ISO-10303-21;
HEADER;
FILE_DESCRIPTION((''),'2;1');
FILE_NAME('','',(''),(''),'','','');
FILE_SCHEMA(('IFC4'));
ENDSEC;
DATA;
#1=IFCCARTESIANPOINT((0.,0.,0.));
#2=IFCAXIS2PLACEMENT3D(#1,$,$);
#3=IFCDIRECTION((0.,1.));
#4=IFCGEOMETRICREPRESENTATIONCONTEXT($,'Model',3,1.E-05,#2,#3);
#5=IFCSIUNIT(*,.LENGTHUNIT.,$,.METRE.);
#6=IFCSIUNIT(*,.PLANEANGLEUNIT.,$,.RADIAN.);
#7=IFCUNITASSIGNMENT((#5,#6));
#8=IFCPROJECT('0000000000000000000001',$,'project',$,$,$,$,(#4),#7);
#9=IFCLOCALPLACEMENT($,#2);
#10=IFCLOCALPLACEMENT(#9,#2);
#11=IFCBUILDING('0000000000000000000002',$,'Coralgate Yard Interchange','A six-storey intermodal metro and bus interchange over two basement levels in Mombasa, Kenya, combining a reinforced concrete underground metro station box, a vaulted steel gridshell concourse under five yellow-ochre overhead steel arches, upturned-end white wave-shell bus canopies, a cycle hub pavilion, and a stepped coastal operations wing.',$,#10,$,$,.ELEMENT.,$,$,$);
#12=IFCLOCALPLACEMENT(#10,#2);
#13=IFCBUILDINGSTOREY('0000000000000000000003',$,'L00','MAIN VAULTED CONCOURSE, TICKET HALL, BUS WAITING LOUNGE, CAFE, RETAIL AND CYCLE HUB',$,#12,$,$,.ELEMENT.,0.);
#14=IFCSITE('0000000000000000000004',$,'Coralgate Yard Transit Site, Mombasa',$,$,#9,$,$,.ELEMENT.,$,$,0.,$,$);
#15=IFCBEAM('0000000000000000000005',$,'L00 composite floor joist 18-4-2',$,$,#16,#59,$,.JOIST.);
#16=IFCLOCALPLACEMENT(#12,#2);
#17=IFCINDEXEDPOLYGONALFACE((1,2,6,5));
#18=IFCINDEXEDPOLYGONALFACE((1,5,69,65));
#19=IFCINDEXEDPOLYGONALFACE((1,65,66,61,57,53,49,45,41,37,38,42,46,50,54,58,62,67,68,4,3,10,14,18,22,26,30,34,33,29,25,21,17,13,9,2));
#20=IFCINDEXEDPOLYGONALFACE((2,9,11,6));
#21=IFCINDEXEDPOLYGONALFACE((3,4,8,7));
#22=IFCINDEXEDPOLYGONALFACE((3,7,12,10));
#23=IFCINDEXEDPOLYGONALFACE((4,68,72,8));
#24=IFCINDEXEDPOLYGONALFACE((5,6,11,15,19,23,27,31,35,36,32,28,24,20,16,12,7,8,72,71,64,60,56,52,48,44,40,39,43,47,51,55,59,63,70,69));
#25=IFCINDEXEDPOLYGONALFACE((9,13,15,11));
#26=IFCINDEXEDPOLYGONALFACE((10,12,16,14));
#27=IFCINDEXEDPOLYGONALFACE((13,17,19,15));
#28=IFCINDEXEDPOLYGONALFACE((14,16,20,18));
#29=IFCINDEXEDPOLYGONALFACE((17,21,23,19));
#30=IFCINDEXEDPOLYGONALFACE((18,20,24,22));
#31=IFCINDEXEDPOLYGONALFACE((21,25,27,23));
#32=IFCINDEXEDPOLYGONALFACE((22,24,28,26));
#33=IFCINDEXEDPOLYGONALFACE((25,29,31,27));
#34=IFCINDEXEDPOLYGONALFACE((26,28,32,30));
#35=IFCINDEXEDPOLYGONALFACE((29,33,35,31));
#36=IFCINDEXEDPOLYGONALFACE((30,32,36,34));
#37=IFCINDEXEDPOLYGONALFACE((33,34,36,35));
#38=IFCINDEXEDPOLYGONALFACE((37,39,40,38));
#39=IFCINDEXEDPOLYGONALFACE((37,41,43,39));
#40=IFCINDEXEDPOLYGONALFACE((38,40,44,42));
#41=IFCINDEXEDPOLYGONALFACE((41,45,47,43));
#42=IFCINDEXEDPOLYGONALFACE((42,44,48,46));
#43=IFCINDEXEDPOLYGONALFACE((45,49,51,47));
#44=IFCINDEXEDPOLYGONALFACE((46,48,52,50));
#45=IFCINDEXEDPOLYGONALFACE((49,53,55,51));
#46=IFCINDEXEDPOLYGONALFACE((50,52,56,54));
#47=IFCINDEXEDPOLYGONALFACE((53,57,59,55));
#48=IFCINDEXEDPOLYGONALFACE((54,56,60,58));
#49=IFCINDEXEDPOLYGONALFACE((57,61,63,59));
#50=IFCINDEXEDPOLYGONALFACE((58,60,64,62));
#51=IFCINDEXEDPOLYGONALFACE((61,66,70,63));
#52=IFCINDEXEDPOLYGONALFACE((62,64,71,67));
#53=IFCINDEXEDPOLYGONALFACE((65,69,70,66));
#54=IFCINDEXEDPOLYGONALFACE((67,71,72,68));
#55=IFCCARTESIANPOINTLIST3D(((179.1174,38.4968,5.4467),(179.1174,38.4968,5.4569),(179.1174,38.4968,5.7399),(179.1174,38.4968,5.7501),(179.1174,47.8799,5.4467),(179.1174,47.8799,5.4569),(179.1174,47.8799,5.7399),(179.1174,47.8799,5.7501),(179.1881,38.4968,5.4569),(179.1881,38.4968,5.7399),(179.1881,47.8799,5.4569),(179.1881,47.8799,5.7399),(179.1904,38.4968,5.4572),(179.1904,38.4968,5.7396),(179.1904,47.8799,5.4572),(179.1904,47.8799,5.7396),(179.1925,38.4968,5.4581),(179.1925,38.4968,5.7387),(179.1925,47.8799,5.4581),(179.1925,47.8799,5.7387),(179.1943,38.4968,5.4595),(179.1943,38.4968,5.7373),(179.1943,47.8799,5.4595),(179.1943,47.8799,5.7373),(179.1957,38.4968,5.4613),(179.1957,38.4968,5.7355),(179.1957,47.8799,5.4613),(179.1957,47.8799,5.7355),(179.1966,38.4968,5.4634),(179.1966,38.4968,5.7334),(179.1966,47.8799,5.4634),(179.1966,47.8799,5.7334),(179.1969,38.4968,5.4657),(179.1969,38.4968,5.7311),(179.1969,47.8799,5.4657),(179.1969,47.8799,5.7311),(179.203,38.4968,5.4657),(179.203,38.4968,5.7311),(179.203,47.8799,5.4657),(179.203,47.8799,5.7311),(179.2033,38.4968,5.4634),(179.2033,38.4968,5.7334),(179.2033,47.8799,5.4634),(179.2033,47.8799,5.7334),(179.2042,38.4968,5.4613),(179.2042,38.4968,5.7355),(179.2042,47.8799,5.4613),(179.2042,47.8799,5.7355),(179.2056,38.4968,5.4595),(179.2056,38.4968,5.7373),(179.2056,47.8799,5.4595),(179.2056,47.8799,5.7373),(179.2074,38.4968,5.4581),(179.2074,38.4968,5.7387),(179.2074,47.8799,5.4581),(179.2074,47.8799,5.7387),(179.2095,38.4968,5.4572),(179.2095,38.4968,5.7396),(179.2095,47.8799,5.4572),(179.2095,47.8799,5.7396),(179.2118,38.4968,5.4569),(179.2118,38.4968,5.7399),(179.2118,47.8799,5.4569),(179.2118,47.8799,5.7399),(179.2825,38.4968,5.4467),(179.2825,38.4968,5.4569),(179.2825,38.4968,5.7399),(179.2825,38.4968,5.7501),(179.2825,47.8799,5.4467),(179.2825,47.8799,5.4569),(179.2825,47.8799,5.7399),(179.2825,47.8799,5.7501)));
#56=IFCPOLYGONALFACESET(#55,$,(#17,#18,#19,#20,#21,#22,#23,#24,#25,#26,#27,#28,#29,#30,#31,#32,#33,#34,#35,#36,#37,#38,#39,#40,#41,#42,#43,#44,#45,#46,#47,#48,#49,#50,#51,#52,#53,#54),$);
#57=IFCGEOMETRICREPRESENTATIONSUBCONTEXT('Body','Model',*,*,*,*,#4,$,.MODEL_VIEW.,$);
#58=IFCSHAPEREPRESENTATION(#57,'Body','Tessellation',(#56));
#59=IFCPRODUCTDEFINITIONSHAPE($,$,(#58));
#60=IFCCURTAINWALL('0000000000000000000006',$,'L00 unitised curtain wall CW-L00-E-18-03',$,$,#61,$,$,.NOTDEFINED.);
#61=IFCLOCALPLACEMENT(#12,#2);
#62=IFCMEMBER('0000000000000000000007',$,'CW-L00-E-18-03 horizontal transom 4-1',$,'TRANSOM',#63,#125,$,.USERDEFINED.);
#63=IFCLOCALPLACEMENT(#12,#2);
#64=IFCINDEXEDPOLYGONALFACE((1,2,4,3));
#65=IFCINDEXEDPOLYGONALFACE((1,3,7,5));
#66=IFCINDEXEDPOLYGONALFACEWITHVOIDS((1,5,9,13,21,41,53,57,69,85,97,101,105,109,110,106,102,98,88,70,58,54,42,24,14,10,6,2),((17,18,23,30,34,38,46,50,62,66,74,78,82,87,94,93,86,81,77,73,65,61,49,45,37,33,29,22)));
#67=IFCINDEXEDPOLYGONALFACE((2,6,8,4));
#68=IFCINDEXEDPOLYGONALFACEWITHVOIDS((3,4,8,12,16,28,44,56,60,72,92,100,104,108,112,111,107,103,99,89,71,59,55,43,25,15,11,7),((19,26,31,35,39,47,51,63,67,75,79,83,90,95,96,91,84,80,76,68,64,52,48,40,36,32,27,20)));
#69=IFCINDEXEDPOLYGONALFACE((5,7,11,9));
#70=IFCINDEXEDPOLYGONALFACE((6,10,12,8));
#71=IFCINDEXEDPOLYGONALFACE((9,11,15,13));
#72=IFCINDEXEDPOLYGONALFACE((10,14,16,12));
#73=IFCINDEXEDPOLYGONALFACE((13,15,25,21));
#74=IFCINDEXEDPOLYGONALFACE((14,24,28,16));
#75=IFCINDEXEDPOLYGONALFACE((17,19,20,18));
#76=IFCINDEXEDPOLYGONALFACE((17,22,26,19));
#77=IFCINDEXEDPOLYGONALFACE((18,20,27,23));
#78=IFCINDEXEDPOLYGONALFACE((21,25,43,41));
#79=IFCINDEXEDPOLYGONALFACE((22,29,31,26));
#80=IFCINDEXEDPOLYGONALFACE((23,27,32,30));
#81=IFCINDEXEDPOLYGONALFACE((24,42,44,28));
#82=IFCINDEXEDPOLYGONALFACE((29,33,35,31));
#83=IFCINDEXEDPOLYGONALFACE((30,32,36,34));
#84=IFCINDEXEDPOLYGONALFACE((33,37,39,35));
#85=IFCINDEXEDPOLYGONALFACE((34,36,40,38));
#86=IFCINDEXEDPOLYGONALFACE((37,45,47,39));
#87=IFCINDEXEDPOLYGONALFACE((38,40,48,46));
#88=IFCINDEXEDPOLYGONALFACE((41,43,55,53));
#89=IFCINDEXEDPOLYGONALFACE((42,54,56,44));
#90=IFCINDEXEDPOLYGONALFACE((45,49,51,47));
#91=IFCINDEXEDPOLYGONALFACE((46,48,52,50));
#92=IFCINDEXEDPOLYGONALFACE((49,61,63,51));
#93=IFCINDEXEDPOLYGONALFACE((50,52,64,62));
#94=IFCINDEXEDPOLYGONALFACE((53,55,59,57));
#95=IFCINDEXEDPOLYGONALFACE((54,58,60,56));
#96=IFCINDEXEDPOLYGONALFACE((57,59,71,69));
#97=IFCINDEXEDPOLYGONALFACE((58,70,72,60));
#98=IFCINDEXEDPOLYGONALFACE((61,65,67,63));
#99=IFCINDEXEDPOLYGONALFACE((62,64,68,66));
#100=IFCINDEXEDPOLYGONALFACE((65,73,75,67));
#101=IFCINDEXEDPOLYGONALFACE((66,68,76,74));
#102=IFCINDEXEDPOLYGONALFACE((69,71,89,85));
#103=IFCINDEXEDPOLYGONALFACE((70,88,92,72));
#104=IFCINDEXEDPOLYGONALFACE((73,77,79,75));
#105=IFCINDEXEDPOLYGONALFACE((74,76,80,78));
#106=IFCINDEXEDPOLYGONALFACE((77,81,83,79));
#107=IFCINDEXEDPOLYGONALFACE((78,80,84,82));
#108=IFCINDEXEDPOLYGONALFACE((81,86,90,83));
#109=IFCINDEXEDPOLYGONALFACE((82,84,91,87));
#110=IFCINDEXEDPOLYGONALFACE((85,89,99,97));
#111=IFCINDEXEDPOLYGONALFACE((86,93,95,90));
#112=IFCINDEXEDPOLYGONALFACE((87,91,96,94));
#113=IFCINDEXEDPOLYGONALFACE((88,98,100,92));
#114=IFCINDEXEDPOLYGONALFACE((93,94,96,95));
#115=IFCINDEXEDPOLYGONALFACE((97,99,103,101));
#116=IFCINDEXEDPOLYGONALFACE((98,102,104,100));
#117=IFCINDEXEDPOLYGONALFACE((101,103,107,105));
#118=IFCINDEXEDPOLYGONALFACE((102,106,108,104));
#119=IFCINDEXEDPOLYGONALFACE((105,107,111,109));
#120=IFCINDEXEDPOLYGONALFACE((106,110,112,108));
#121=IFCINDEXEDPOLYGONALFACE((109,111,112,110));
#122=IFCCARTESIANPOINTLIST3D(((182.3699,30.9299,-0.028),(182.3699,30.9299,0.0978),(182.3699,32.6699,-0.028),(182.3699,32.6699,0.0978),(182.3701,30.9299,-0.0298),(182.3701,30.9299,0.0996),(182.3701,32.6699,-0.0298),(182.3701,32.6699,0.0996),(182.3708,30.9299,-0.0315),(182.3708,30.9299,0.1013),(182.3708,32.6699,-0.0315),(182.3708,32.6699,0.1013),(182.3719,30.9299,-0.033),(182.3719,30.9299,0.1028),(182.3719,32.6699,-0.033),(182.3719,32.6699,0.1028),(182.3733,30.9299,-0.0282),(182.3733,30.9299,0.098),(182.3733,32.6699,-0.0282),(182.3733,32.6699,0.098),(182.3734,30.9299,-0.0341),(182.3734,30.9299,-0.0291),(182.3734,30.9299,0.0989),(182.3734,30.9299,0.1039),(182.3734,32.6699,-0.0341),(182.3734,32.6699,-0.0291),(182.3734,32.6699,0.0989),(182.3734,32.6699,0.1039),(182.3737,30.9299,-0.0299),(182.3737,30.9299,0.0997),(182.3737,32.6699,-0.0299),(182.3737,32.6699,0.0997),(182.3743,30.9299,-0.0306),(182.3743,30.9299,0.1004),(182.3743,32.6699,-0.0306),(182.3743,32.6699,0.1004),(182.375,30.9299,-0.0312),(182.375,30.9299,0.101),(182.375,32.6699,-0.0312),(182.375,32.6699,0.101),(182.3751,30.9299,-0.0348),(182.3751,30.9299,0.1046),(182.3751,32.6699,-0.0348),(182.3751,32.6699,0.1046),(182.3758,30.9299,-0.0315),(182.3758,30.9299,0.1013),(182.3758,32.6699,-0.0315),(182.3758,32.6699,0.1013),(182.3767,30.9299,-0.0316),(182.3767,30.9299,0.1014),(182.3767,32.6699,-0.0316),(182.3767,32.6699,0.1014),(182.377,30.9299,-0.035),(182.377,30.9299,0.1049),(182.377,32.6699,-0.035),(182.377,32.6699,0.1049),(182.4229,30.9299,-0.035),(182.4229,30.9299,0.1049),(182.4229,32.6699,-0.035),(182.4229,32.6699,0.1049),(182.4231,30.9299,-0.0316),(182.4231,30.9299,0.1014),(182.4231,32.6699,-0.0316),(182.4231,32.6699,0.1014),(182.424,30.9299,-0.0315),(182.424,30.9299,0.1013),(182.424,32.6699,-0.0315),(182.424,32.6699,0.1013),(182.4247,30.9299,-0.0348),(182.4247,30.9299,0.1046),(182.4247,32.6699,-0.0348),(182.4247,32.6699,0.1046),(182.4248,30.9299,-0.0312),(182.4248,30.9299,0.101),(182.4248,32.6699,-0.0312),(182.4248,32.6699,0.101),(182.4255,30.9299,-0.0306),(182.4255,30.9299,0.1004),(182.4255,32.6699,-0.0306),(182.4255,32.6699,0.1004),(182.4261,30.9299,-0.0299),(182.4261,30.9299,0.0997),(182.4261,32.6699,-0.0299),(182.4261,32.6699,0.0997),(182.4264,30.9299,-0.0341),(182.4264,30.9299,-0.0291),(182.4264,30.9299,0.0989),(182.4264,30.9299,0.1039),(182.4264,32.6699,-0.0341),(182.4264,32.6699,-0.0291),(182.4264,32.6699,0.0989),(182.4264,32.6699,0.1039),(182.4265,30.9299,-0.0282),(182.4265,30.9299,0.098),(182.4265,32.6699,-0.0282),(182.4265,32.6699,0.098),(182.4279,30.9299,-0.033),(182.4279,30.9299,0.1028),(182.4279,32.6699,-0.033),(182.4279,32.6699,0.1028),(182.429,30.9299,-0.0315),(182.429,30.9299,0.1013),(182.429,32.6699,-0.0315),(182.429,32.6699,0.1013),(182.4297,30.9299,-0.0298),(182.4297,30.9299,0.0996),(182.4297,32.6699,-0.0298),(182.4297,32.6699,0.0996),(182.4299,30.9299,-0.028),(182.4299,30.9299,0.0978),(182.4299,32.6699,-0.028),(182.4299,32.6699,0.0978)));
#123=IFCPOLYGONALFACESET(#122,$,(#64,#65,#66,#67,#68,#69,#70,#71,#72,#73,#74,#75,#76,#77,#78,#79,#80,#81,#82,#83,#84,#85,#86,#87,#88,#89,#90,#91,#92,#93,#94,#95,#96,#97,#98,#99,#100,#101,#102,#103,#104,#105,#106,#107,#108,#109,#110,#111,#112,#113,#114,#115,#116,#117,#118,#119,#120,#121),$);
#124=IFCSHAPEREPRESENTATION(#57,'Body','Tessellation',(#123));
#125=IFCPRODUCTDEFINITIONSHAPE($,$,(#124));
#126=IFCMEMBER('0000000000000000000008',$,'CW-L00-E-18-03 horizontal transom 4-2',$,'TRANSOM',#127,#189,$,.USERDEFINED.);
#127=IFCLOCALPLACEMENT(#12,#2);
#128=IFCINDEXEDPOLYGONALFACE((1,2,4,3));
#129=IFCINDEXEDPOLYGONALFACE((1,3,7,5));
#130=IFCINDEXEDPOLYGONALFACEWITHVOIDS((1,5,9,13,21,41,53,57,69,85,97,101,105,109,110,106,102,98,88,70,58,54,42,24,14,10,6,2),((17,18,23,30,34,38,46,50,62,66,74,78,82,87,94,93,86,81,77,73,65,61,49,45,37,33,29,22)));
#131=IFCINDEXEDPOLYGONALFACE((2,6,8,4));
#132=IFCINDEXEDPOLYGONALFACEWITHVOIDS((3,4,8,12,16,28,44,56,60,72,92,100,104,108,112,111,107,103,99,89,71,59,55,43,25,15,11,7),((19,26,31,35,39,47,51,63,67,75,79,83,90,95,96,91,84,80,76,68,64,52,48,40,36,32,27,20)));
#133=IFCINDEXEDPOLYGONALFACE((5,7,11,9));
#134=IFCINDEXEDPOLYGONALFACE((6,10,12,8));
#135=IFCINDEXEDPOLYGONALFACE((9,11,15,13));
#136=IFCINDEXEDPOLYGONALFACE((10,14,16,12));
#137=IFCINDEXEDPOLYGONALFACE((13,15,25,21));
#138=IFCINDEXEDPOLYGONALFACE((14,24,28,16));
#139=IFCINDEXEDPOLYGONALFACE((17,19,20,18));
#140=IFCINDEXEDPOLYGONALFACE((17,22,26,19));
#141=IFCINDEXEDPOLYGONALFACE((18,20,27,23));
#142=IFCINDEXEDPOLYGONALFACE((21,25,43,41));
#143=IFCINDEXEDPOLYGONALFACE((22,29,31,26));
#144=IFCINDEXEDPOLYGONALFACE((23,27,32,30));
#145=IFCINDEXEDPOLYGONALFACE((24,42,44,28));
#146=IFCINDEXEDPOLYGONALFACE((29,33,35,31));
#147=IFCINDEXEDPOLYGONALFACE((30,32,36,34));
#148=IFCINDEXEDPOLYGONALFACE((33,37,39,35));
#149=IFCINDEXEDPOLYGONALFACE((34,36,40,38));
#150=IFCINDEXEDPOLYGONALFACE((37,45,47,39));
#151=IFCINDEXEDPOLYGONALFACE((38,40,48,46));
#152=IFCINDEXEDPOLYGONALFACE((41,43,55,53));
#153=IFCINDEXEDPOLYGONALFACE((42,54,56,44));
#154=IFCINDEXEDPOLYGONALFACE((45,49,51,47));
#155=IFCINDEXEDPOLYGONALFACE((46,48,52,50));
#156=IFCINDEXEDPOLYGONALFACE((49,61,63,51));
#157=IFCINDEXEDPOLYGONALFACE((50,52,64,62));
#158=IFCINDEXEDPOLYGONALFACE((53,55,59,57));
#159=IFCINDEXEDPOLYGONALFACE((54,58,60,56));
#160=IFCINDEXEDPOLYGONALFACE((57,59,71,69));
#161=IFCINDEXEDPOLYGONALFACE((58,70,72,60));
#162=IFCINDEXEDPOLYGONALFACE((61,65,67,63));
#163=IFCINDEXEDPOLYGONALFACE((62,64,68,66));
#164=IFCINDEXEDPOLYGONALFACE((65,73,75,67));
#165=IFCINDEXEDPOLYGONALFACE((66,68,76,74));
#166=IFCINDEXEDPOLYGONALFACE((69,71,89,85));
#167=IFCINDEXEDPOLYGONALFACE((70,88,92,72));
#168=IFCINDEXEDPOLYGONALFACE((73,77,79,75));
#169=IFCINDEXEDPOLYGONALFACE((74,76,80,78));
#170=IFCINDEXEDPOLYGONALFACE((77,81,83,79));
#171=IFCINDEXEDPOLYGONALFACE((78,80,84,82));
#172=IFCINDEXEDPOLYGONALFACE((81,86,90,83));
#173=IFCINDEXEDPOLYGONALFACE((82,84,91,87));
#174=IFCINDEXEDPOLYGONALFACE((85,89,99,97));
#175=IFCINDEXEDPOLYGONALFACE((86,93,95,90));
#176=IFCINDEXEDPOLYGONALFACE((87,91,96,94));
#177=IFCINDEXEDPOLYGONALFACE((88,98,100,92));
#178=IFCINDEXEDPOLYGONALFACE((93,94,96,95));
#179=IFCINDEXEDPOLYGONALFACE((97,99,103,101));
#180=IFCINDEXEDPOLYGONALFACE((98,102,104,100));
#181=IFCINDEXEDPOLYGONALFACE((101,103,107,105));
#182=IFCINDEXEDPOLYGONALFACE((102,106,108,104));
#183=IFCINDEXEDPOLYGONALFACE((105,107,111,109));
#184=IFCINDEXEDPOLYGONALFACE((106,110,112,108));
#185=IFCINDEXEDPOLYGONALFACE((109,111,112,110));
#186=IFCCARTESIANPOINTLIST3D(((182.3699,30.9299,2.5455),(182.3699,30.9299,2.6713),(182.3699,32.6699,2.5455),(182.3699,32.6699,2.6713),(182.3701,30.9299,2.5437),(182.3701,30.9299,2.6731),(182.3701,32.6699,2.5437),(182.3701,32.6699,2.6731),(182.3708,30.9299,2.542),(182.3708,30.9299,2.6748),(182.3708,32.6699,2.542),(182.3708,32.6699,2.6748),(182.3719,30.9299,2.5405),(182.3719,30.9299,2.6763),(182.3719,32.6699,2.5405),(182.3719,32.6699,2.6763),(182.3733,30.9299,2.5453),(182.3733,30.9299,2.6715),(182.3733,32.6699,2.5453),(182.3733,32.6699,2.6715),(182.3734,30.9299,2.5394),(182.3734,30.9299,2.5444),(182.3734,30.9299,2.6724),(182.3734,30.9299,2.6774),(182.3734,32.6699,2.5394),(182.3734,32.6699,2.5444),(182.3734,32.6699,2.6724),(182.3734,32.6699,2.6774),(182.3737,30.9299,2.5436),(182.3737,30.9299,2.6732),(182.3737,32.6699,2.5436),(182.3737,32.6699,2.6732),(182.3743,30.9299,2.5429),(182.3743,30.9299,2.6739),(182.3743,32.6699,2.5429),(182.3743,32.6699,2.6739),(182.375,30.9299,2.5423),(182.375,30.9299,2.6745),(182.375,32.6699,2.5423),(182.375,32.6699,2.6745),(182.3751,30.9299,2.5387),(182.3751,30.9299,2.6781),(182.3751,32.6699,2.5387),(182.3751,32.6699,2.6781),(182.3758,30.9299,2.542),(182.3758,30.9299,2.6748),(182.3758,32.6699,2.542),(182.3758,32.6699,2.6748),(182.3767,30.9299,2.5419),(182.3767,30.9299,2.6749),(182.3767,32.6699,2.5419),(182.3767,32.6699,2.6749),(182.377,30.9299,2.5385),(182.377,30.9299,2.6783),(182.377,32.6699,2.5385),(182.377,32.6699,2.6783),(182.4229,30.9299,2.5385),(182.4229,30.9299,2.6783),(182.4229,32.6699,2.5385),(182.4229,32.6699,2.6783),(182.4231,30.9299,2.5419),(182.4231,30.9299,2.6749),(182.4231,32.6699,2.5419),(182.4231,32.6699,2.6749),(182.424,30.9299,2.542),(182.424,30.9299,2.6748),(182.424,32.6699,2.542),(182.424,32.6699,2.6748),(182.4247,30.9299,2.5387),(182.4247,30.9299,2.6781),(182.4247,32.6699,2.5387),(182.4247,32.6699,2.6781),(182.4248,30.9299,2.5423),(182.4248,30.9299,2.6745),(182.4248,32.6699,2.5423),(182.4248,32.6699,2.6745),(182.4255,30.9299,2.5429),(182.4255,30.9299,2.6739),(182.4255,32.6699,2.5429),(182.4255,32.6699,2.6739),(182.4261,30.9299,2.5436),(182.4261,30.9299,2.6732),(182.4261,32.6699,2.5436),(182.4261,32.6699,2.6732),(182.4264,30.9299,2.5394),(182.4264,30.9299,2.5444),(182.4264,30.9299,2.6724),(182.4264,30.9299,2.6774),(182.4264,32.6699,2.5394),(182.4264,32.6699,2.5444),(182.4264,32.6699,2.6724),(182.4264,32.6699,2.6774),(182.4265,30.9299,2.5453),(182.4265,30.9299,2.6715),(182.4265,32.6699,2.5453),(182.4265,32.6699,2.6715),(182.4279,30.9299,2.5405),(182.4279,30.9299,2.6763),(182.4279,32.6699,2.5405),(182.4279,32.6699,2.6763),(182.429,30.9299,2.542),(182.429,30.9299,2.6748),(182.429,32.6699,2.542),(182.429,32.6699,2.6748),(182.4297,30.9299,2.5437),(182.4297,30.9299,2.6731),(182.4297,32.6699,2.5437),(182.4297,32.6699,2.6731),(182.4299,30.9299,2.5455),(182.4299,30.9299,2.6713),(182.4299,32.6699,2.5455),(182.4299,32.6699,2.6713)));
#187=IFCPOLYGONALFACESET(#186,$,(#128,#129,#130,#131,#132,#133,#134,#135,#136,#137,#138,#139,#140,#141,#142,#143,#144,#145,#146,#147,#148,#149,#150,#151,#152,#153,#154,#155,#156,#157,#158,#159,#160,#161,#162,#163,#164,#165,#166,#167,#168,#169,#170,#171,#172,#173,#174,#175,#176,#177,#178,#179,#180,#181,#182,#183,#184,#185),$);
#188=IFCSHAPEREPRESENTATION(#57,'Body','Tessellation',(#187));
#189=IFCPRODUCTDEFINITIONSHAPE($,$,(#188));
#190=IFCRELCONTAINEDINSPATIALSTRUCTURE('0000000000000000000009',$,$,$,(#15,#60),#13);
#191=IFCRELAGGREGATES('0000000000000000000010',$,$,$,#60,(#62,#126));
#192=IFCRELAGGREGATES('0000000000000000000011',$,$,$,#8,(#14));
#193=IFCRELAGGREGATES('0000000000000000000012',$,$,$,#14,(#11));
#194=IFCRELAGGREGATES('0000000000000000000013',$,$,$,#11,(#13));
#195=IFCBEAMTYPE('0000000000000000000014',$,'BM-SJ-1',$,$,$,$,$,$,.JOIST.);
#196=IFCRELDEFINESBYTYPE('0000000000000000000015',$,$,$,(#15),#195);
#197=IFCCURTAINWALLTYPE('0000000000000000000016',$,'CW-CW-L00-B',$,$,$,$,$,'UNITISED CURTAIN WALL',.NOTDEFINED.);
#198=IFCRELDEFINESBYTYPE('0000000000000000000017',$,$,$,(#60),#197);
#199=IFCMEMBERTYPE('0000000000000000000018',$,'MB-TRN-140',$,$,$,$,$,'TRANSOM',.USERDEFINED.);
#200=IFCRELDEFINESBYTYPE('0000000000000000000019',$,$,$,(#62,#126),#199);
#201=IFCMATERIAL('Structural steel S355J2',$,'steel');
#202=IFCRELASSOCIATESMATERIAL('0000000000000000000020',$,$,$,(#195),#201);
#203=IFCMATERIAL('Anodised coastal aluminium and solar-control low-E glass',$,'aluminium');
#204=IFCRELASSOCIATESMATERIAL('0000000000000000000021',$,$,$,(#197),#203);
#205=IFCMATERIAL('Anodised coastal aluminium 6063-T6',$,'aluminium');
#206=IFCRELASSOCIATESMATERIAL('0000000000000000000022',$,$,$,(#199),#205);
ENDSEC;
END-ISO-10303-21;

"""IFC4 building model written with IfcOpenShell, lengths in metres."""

from ifc_helpers import new_model, si_unit, direction, frame, origin, origin_2d, place, context, subcontext, project, spatial, hollow_rectangle, i_section, extrude, material, material_profile, profile_set, type_object, element, aggregate, save


model = new_model("IFC4")

# Units and contexts
model_context = context("Model", 3, precision=1e-05, world=origin(), true_north=direction((0.0, 1.0)))
body_context = subcontext(model_context, "Body", "Model", "MODEL_VIEW")
ifc_project = project(units=[si_unit("LENGTHUNIT", "METRE"), si_unit("PLANEANGLEUNIT", "RADIAN")], contexts=[model_context])

# Site, building, storey
site_placement = place(None, origin())
site = spatial("IfcSite", under=ifc_project, at=site_placement, Name="Coralgate Yard Transit Site, Mombasa", CompositionType="ELEMENT", RefElevation=0.0)
building_placement = place(site_placement, origin())
building = spatial("IfcBuilding", under=site, at=building_placement, Name="Coralgate Yard Interchange", Description="A six-storey intermodal metro and bus interchange over two basement levels in Mombasa, Kenya, combining a reinforced concrete underground metro station box, a vaulted steel gridshell concourse under five yellow-ochre overhead steel arches, upturned-end white wave-shell bus canopies, a cycle hub pavilion, and a stepped coastal operations wing.", CompositionType="ELEMENT")
storey_placement = place(building_placement, origin())
storey = spatial("IfcBuildingStorey", under=building, at=storey_placement, Name="L00", Description="MAIN VAULTED CONCOURSE, TICKET HALL, BUS WAITING LOUNGE, CAFE, RETAIL AND CYCLE HUB", CompositionType="ELEMENT", Elevation=0.0)

# Shared definitions
ifc_material_1 = material(Name="Structural steel S355J2", Category="steel")

# Beam
ifc_material_profile_1 = material_profile(ifc_material_1, i_section(OverallWidth=0.165, OverallDepth=0.3035, WebThickness=0.0061, FlangeThickness=0.0103, FilletRadius=0.0088, at=origin_2d()), Name="UB 305x165x40")
ifc_profile_set_1 = profile_set([ifc_material_profile_1], Name="Structural steel S355J2")
beam_type_1 = type_object("IfcBeamType", Name="BM-SJ-1", PredefinedType="JOIST", material=ifc_profile_set_1)
for number, where, z_axis, x_axis, name in (
    (1, (179.2, 38.4968, 5.5984), (0.0, 1.0, 0.0), (-1.0, 0.0, 0.0), "L00 composite floor joist 18-4-2"),
):
    element("IfcBeam", number, at=place(storey_placement, frame(where, z_axis=z_axis, x_axis=x_axis)), inside=storey, type_object=beam_type_1, Name=name, PredefinedType="JOIST", context=body_context, shape_type="SweptSolid", body=[
        extrude(i_section(OverallWidth=0.165, OverallDepth=0.3035, WebThickness=0.0061, FlangeThickness=0.0103, FilletRadius=0.0088, at=origin_2d()), origin(), (0.0, 0.0, 1.0), 9.3831),
    ])

# Curtain wall, members
ifc_material_2 = material(Name="Anodised coastal aluminium and solar-control low-E glass", Category="aluminium")
curtain_wall_type = type_object("IfcCurtainWallType", Name="CW-CW-L00-B", ElementType="UNITISED CURTAIN WALL", PredefinedType="NOTDEFINED", material=ifc_material_2)
curtain_wall_placement = place(storey_placement, origin())
curtain_wall = element("IfcCurtainWall", 2, at=curtain_wall_placement, inside=storey, type_object=curtain_wall_type, Name="L00 unitised curtain wall CW-L00-E-18-03", PredefinedType="NOTDEFINED")
ifc_material_3 = material(Name="Anodised coastal aluminium 6063-T6", Category="aluminium")
ifc_material_profile_2 = material_profile(ifc_material_3, hollow_rectangle(XDim=0.0601, YDim=0.1399, WallThickness=0.0034, InnerFilletRadius=0.0034, OuterFilletRadius=0.0071, at=origin_2d()), Name="ALU 60x140x3.5")
ifc_profile_set_2 = profile_set([ifc_material_profile_2], Name="Anodised coastal aluminium 6063-T6")
member_type = type_object("IfcMemberType", Name="MB-TRN-140", ElementType="TRANSOM", PredefinedType="USERDEFINED", material=ifc_profile_set_2)
member_1_placement = place(storey_placement, frame((182.3999, 32.6699, 0.0349), z_axis=(0.0, -1.0, 0.0), x_axis=(1.0, 0.0, 0.0)))
member_1 = element("IfcMember", 3, at=member_1_placement, type_object=member_type, Name="CW-L00-E-18-03 horizontal transom 4-1", ObjectType="TRANSOM", PredefinedType="USERDEFINED", context=body_context, shape_type="SweptSolid", body=[
    extrude(hollow_rectangle(XDim=0.0601, YDim=0.1399, WallThickness=0.0034, InnerFilletRadius=0.0034, OuterFilletRadius=0.0071, at=origin_2d()), origin(), (0.0, 0.0, 1.0), 1.74),
])
member_2_placement = place(storey_placement, frame((182.3999, 32.6699, 2.6084), z_axis=(0.0, -1.0, 0.0), x_axis=(1.0, 0.0, 0.0)))
member_2 = element("IfcMember", 4, at=member_2_placement, type_object=member_type, Name="CW-L00-E-18-03 horizontal transom 4-2", ObjectType="TRANSOM", PredefinedType="USERDEFINED", context=body_context, shape_type="SweptSolid", body=[
    extrude(hollow_rectangle(XDim=0.0601, YDim=0.1399, WallThickness=0.0034, InnerFilletRadius=0.0034, OuterFilletRadius=0.0071, at=origin_2d()), origin(), (0.0, 0.0, 1.0), 1.74),
])
aggregate(curtain_wall, [member_1, member_2])

save(model, "model.ifc")
